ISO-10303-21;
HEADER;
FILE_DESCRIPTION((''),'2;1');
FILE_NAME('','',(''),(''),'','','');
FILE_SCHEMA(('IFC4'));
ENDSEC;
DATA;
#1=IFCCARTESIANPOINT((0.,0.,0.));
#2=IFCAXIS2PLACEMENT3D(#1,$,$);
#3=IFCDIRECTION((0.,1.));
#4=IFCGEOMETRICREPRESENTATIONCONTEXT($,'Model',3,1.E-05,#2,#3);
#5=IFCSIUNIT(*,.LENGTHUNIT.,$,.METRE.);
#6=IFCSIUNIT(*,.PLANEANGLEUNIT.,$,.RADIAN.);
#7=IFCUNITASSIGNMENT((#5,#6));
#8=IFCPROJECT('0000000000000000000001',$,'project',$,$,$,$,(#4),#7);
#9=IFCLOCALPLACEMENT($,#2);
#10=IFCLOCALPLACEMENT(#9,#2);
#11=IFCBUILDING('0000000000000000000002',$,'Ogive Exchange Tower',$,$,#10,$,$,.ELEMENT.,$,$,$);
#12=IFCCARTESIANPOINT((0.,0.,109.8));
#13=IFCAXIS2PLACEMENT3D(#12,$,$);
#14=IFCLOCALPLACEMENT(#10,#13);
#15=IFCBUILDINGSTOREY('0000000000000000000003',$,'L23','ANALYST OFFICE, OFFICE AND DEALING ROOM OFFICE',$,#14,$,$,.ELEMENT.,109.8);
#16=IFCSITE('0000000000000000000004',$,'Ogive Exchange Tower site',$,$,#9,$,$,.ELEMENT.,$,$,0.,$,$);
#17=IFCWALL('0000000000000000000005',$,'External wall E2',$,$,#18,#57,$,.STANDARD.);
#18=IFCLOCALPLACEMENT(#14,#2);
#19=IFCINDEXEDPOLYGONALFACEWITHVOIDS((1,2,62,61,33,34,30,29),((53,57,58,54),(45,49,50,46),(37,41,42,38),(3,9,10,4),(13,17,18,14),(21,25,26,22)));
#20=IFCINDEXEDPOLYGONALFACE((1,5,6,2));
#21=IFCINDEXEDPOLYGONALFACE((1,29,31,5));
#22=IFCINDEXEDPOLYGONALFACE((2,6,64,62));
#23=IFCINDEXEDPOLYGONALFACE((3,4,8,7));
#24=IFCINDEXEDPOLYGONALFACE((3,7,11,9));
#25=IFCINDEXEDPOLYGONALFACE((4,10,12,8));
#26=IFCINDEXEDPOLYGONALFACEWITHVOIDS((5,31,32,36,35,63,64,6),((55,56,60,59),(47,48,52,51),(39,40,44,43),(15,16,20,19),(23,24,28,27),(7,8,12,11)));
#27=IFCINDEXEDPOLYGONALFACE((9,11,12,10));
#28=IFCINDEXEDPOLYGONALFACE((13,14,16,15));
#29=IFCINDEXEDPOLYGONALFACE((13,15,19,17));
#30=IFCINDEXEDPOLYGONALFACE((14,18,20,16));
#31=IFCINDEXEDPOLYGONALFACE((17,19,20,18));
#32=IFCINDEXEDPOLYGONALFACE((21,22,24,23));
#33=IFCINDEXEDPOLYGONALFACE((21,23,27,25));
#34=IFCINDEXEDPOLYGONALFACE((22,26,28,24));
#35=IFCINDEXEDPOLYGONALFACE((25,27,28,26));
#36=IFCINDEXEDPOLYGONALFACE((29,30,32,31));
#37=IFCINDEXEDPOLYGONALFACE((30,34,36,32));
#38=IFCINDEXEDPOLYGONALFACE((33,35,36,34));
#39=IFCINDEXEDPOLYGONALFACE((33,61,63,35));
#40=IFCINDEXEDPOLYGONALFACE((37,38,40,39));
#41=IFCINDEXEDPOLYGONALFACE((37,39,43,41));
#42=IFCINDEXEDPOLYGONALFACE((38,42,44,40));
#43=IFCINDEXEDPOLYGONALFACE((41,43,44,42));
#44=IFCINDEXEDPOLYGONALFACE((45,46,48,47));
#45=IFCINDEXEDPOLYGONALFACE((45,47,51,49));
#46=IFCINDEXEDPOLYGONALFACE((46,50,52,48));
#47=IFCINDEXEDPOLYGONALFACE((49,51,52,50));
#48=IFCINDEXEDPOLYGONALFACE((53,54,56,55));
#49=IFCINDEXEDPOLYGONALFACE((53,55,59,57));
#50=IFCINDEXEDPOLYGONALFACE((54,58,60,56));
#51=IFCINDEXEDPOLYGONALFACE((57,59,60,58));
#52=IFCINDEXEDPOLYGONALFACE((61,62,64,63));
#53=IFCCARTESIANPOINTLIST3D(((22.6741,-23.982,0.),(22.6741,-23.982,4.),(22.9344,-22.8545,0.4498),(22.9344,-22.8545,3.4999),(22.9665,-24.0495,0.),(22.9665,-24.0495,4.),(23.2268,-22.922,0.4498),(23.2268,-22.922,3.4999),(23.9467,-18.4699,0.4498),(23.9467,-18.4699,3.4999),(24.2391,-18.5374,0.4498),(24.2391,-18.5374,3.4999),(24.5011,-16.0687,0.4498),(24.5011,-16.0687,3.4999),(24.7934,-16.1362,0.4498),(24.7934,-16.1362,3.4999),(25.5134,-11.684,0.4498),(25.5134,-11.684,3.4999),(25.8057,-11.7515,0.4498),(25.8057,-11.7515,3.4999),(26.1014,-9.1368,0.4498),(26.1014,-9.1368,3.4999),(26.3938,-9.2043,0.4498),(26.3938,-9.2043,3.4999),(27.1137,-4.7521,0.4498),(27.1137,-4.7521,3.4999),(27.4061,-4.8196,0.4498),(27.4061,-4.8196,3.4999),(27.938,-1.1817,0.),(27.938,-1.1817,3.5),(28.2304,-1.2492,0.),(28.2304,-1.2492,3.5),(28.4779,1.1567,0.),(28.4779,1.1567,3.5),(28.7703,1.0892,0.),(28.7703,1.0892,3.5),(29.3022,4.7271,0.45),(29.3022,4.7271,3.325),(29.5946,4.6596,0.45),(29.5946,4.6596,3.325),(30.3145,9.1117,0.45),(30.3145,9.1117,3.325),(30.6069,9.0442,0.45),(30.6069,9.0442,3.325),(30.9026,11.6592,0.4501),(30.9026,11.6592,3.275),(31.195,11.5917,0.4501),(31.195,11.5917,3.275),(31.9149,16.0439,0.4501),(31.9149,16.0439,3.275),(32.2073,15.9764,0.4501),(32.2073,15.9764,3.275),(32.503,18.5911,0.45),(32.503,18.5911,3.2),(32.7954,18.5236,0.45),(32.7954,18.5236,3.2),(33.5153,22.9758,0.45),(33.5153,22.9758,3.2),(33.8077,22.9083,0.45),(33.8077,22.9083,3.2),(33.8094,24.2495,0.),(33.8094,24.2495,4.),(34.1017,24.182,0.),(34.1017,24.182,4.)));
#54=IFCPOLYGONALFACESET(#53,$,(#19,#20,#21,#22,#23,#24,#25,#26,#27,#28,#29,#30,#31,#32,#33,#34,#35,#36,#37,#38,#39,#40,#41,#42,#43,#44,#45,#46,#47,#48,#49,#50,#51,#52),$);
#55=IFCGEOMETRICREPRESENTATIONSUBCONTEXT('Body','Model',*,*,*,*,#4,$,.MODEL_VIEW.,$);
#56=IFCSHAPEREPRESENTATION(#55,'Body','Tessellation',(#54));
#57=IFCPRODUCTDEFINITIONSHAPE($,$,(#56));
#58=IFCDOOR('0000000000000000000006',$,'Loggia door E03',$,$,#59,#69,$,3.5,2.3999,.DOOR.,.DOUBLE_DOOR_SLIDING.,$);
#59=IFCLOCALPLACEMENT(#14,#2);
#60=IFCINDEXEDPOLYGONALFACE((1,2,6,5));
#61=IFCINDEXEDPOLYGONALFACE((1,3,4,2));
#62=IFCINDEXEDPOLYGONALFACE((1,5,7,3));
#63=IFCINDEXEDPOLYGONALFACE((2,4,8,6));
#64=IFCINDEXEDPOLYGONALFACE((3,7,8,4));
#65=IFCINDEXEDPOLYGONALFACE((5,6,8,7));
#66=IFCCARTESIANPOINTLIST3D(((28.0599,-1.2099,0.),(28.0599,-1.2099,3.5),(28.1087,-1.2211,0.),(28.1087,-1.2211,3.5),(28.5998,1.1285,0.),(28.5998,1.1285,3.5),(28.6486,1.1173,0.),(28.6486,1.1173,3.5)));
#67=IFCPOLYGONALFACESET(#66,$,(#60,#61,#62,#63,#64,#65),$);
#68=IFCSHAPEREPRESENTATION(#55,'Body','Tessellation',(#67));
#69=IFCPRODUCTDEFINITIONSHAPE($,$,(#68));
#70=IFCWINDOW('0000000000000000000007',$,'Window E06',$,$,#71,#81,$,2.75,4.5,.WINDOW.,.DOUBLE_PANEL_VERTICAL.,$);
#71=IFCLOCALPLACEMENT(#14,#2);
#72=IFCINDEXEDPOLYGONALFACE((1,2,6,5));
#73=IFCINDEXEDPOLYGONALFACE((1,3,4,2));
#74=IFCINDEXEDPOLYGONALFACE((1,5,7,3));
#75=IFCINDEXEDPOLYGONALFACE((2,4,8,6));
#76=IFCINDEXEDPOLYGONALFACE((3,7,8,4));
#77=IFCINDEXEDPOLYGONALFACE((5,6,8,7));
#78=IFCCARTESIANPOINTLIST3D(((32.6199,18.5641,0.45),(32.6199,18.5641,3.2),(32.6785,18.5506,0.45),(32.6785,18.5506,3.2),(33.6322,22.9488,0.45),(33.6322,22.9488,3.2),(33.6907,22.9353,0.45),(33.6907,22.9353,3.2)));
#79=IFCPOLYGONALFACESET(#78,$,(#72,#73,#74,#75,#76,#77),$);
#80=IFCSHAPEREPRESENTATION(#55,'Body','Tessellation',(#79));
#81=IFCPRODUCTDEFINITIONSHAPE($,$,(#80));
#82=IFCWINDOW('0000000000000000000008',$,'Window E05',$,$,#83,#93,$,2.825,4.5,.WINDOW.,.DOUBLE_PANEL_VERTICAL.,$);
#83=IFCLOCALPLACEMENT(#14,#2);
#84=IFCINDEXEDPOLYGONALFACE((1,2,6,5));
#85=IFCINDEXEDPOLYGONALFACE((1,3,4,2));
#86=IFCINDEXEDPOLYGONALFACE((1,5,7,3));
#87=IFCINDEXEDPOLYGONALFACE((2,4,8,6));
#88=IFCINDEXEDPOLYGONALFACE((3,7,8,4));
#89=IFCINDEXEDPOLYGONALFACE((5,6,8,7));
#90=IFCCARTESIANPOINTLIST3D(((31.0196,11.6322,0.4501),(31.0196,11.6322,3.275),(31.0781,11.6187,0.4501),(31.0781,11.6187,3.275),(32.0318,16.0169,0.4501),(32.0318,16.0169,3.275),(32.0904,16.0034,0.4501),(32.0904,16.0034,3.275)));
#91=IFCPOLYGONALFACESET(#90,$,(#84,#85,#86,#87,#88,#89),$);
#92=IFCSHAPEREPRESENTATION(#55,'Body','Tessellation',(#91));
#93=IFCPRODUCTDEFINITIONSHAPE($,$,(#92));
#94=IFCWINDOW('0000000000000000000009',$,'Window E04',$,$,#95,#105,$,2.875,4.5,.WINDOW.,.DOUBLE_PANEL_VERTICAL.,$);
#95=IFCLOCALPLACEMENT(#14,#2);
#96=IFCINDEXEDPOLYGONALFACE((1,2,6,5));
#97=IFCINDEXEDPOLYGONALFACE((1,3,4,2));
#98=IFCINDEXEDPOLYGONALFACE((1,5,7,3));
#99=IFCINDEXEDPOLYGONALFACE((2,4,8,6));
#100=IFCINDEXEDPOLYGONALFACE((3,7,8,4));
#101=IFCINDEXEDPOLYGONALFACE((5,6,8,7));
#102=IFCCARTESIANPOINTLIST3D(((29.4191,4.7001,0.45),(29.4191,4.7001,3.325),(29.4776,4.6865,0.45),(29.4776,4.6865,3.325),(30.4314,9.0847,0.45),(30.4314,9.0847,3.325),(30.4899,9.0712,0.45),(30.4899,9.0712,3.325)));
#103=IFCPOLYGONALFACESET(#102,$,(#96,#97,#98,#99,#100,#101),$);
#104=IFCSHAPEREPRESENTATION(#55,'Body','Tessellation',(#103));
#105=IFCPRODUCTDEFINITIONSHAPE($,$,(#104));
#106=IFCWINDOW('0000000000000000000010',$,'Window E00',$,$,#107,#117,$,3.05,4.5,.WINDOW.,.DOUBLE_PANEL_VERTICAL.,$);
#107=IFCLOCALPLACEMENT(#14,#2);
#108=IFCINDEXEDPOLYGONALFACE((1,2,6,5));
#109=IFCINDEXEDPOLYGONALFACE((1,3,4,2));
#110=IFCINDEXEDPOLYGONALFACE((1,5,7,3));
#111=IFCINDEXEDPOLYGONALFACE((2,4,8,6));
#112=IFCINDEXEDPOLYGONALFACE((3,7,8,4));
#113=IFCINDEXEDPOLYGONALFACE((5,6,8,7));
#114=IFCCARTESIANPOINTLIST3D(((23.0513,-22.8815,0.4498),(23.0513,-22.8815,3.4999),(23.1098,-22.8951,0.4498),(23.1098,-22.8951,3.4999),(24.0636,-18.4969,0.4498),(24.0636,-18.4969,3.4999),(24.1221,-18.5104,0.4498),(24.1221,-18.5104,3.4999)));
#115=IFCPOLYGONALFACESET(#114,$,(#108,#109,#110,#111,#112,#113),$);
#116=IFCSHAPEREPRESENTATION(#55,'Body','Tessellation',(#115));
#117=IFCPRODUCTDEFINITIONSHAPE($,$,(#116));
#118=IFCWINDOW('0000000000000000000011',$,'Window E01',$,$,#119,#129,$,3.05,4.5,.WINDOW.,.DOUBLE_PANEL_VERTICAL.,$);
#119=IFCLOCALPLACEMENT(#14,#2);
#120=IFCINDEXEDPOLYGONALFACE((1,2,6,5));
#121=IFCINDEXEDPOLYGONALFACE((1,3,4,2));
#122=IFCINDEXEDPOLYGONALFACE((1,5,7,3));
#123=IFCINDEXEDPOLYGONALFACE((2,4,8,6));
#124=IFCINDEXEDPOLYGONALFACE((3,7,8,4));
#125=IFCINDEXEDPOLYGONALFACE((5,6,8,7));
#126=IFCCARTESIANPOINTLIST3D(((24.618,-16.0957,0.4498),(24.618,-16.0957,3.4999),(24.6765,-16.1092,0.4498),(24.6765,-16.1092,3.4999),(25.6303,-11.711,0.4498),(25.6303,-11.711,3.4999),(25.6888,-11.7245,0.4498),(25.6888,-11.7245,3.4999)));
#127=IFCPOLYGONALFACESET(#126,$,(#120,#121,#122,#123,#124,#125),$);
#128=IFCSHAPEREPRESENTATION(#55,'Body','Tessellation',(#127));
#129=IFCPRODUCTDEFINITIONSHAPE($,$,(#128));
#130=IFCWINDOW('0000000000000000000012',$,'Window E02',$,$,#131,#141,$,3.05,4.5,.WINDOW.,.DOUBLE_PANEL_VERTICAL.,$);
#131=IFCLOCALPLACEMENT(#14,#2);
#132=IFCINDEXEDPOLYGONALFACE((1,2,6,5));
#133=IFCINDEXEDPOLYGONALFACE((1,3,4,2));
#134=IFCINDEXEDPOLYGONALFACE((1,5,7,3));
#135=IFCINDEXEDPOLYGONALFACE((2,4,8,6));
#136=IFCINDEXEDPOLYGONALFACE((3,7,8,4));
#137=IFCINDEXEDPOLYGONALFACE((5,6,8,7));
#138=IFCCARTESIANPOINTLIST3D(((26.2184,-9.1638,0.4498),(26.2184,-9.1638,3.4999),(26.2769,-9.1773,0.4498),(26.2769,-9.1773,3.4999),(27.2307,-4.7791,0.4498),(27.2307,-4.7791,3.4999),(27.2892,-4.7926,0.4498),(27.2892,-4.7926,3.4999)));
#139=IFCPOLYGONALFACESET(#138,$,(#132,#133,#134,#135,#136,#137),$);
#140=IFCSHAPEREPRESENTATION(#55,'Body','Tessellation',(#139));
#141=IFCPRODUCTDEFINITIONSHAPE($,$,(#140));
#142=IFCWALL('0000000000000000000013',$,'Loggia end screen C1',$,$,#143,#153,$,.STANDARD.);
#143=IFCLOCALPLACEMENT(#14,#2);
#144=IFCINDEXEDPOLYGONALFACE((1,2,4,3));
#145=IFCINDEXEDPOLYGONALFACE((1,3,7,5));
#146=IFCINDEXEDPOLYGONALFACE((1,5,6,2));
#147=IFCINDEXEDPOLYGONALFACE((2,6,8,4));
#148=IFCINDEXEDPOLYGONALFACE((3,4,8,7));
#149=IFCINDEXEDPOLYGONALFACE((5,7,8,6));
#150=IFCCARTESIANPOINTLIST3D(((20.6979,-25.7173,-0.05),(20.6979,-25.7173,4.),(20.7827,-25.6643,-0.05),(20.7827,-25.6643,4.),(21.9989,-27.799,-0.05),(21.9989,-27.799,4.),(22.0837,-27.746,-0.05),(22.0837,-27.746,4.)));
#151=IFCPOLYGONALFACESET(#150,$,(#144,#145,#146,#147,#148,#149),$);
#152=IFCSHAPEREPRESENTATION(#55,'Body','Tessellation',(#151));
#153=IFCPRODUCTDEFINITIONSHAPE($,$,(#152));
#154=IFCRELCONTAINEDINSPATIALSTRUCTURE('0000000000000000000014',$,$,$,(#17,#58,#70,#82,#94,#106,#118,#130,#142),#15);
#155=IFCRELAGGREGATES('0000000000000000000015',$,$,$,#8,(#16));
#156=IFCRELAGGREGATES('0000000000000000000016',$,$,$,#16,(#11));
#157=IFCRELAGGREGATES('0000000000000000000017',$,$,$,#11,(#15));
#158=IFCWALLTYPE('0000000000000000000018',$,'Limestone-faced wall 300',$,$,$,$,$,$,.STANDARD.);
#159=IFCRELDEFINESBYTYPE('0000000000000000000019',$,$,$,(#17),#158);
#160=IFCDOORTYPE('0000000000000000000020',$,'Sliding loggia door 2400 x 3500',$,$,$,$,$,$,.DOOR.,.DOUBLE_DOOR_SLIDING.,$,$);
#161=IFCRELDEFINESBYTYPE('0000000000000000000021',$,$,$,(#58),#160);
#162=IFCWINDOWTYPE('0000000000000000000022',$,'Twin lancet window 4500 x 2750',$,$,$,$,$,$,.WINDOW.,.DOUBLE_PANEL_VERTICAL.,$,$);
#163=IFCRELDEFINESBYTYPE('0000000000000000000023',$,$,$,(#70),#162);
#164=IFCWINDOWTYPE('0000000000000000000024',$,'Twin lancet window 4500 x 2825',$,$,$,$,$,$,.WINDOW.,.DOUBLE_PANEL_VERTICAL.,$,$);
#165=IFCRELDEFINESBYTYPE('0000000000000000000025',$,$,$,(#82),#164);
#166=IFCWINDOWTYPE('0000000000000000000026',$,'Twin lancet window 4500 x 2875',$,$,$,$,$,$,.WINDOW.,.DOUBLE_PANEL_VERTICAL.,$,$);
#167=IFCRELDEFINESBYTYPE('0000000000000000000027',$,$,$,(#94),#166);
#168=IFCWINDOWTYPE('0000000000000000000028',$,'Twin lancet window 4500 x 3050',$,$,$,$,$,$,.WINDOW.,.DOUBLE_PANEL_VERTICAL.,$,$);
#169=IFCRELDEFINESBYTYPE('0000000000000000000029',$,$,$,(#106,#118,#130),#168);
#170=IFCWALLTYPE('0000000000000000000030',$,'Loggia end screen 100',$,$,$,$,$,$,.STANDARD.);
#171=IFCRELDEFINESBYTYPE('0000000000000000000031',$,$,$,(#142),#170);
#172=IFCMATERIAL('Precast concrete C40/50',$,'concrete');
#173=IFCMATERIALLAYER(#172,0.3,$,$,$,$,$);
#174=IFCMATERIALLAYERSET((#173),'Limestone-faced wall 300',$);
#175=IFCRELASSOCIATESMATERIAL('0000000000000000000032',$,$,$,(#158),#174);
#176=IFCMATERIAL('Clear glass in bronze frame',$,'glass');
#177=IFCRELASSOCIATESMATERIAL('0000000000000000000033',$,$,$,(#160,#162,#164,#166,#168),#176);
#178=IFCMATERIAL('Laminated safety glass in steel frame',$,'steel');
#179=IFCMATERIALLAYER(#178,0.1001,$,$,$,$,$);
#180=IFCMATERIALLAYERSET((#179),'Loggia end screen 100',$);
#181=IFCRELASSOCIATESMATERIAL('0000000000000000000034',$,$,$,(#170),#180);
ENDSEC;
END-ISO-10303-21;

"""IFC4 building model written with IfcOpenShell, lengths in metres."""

from ifc_helpers import new_model, si_unit, direction, frame, frame_2d, origin, place, context, subcontext, project, spatial, rectangle, extrude, material, layer, layer_set, type_object, element, fill, save


model = new_model("IFC4")

# Units and contexts
model_context = context("Model", 3, precision=1e-05, world=origin(), true_north=direction((0.0, 1.0)))
body_context = subcontext(model_context, "Body", "Model", "MODEL_VIEW")
ifc_project = project(units=[si_unit("LENGTHUNIT", "METRE"), si_unit("PLANEANGLEUNIT", "RADIAN")], contexts=[model_context])

# Site, building, storey
site_placement = place(None, origin())
site = spatial("IfcSite", under=ifc_project, at=site_placement, Name="Ogive Exchange Tower site", CompositionType="ELEMENT", RefElevation=0.0)
building_placement = place(site_placement, origin())
building = spatial("IfcBuilding", under=site, at=building_placement, Name="Ogive Exchange Tower", CompositionType="ELEMENT")
storey_placement = place(building_placement, frame((0.0, 0.0, 109.8)))
storey = spatial("IfcBuildingStorey", under=building, at=storey_placement, Name="L23", Description="ANALYST OFFICE, OFFICE AND DEALING ROOM OFFICE", CompositionType="ELEMENT", Elevation=109.8)

# Wall, openings, door, windows
ifc_material_1 = material(Name="Precast concrete C40/50", Category="concrete")
ifc_layer_1 = layer(ifc_material_1, 0.3)
ifc_layer_set_1 = layer_set([ifc_layer_1], Name="Limestone-faced wall 300")
wall_type_1 = type_object("IfcWallType", Name="Limestone-faced wall 300", PredefinedType="STANDARD", material=ifc_layer_set_1)
wall_1_placement = place(storey_placement, frame((22.8203, -24.0156, 0.0), z_axis=(0.0, 0.0, 1.0), x_axis=(0.224954, 0.974369, 0.0)))
wall_1 = element("IfcWall", 1, at=wall_1_placement, inside=storey, type_object=wall_type_1, Name="External wall E2", PredefinedType="STANDARD", context=body_context, shape_type="SweptSolid", body=[
    extrude(rectangle(XDim=49.5002, YDim=0.3, at=frame_2d((24.75, 0.0))), origin(), (0.0, 0.0, 1.0), 4.0),
])
opening_1_placement = place(wall_1_placement, frame((1.157, 0.0, 0.45)))
opening_1 = element("IfcOpeningElement", 2, at=opening_1_placement, cuts=wall_1, PredefinedType="OPENING", context=body_context, shape_type="SweptSolid", body=[
    extrude(rectangle(XDim=4.5, YDim=3.05, at=frame_2d((2.25, 1.5249))), frame((0.0, 0.1599, 0.0), z_axis=(0.0, -1.0, 0.0), x_axis=(1.0, 0.0, 0.0)), (0.0, 0.0, 1.0), 0.3201),
])
opening_2_placement = place(wall_1_placement, frame((8.1213, 0.0, 0.45)))
opening_2 = element("IfcOpeningElement", 3, at=opening_2_placement, cuts=wall_1, PredefinedType="OPENING", context=body_context, shape_type="SweptSolid", body=[
    extrude(rectangle(XDim=4.5, YDim=3.05, at=frame_2d((2.25, 1.5249))), frame((0.0, 0.1599, 0.0), z_axis=(0.0, -1.0, 0.0), x_axis=(1.0, 0.0, 0.0)), (0.0, 0.0, 1.0), 0.3201),
])
opening_3_placement = place(wall_1_placement, frame((15.2356, 0.0, 0.45)))
opening_3 = element("IfcOpeningElement", 4, at=opening_3_placement, cuts=wall_1, PredefinedType="OPENING", context=body_context, shape_type="SweptSolid", body=[
    extrude(rectangle(XDim=4.5, YDim=3.05, at=frame_2d((2.25, 1.5249))), frame((0.0, 0.1599, 0.0), z_axis=(0.0, -1.0, 0.0), x_axis=(1.0, 0.0, 0.0)), (0.0, 0.0, 1.0), 0.3201),
])
opening_4_placement = place(wall_1_placement, frame((23.3999, 0.0, 0.0)))
opening_4 = element("IfcOpeningElement", 5, at=opening_4_placement, cuts=wall_1, PredefinedType="OPENING", context=body_context, shape_type="SweptSolid", body=[
    extrude(rectangle(XDim=2.3999, YDim=3.5, at=frame_2d((1.2, 1.75))), frame((0.0, 0.1599, 0.0), z_axis=(0.0, -1.0, 0.0), x_axis=(1.0, 0.0, 0.0)), (0.0, 0.0, 1.0), 0.3201),
])
opening_5_placement = place(wall_1_placement, frame((29.4641, 0.0, 0.45)))
opening_5 = element("IfcOpeningElement", 6, at=opening_5_placement, cuts=wall_1, PredefinedType="OPENING", context=body_context, shape_type="SweptSolid", body=[
    extrude(rectangle(XDim=4.5, YDim=2.875, at=frame_2d((2.25, 1.4375))), frame((0.0, 0.1599, 0.0), z_axis=(0.0, -1.0, 0.0), x_axis=(1.0, 0.0, 0.0)), (0.0, 0.0, 1.0), 0.3201),
])
opening_6_placement = place(wall_1_placement, frame((36.5786, 0.0, 0.45)))
opening_6 = element("IfcOpeningElement", 7, at=opening_6_placement, cuts=wall_1, PredefinedType="OPENING", context=body_context, shape_type="SweptSolid", body=[
    extrude(rectangle(XDim=4.5, YDim=2.825, at=frame_2d((2.25, 1.4126))), frame((0.0, 0.1599, 0.0), z_axis=(0.0, -1.0, 0.0), x_axis=(1.0, 0.0, 0.0)), (0.0, 0.0, 1.0), 0.3201),
])
opening_7_placement = place(wall_1_placement, frame((43.6929, 0.0, 0.45)))
opening_7 = element("IfcOpeningElement", 8, at=opening_7_placement, cuts=wall_1, PredefinedType="OPENING", context=body_context, shape_type="SweptSolid", body=[
    extrude(rectangle(XDim=4.5, YDim=2.75, at=frame_2d((2.25, 1.375))), frame((0.0, 0.1599, 0.0), z_axis=(0.0, -1.0, 0.0), x_axis=(1.0, 0.0, 0.0)), (0.0, 0.0, 1.0), 0.3201),
])
ifc_material_2 = material(Name="Clear glass in bronze frame", Category="glass")
door_type_1 = type_object("IfcDoorType", Name="Sliding loggia door 2400 x 3500", OperationType="DOUBLE_DOOR_SLIDING", PredefinedType="DOOR", material=ifc_material_2)
door_1_placement = place(opening_4_placement, origin())
door_1 = element("IfcDoor", 9, at=door_1_placement, inside=storey, type_object=door_type_1, Name="Loggia door E03", OperationType="DOUBLE_DOOR_SLIDING", OverallHeight=3.5, OverallWidth=2.3999, PredefinedType="DOOR", context=body_context, shape_type="SweptSolid", body=[
    extrude(rectangle(XDim=2.3999, YDim=3.5, at=frame_2d((1.2, 1.75))), frame((0.0, 0.0249, 0.0), z_axis=(0.0, -1.0, 0.0), x_axis=(1.0, 0.0, 0.0)), (0.0, 0.0, 1.0), 0.05),
])
fill(opening_4, door_1)
window_type_1 = type_object("IfcWindowType", Name="Twin lancet window 4500 x 2750", PartitioningType="DOUBLE_PANEL_VERTICAL", PredefinedType="WINDOW", material=ifc_material_2)
window_1_placement = place(opening_7_placement, origin())
window_1 = element("IfcWindow", 10, at=window_1_placement, inside=storey, type_object=window_type_1, Name="Window E06", OverallHeight=2.75, OverallWidth=4.5, PartitioningType="DOUBLE_PANEL_VERTICAL", PredefinedType="WINDOW", context=body_context, shape_type="SweptSolid", body=[
    extrude(rectangle(XDim=4.5, YDim=2.75, at=frame_2d((2.25, 1.375))), frame((0.0, 0.03, 0.0), z_axis=(0.0, -1.0, 0.0), x_axis=(1.0, 0.0, 0.0)), (0.0, 0.0, 1.0), 0.0601),
])
fill(opening_7, window_1)
window_type_2 = type_object("IfcWindowType", Name="Twin lancet window 4500 x 2825", PartitioningType="DOUBLE_PANEL_VERTICAL", PredefinedType="WINDOW", material=ifc_material_2)
window_2_placement = place(opening_6_placement, origin())
window_2 = element("IfcWindow", 11, at=window_2_placement, inside=storey, type_object=window_type_2, Name="Window E05", OverallHeight=2.825, OverallWidth=4.5, PartitioningType="DOUBLE_PANEL_VERTICAL", PredefinedType="WINDOW", context=body_context, shape_type="SweptSolid", body=[
    extrude(rectangle(XDim=4.5, YDim=2.825, at=frame_2d((2.25, 1.4126))), frame((0.0, 0.03, 0.0), z_axis=(0.0, -1.0, 0.0), x_axis=(1.0, 0.0, 0.0)), (0.0, 0.0, 1.0), 0.0601),
])
fill(opening_6, window_2)
window_type_3 = type_object("IfcWindowType", Name="Twin lancet window 4500 x 2875", PartitioningType="DOUBLE_PANEL_VERTICAL", PredefinedType="WINDOW", material=ifc_material_2)
window_3_placement = place(opening_5_placement, origin())
window_3 = element("IfcWindow", 12, at=window_3_placement, inside=storey, type_object=window_type_3, Name="Window E04", OverallHeight=2.875, OverallWidth=4.5, PartitioningType="DOUBLE_PANEL_VERTICAL", PredefinedType="WINDOW", context=body_context, shape_type="SweptSolid", body=[
    extrude(rectangle(XDim=4.5, YDim=2.875, at=frame_2d((2.25, 1.4375))), frame((0.0, 0.03, 0.0), z_axis=(0.0, -1.0, 0.0), x_axis=(1.0, 0.0, 0.0)), (0.0, 0.0, 1.0), 0.0601),
])
fill(opening_5, window_3)
window_type_4 = type_object("IfcWindowType", Name="Twin lancet window 4500 x 3050", PartitioningType="DOUBLE_PANEL_VERTICAL", PredefinedType="WINDOW", material=ifc_material_2)
window_4_placement = place(opening_1_placement, origin())
window_4 = element("IfcWindow", 13, at=window_4_placement, inside=storey, type_object=window_type_4, Name="Window E00", OverallHeight=3.05, OverallWidth=4.5, PartitioningType="DOUBLE_PANEL_VERTICAL", PredefinedType="WINDOW", context=body_context, shape_type="SweptSolid", body=[
    extrude(rectangle(XDim=4.5, YDim=3.05, at=frame_2d((2.25, 1.5249))), frame((0.0, 0.03, 0.0), z_axis=(0.0, -1.0, 0.0), x_axis=(1.0, 0.0, 0.0)), (0.0, 0.0, 1.0), 0.0601),
])
fill(opening_1, window_4)
window_5_placement = place(opening_2_placement, origin())
window_5 = element("IfcWindow", 14, at=window_5_placement, inside=storey, type_object=window_type_4, Name="Window E01", OverallHeight=3.05, OverallWidth=4.5, PartitioningType="DOUBLE_PANEL_VERTICAL", PredefinedType="WINDOW", context=body_context, shape_type="SweptSolid", body=[
    extrude(rectangle(XDim=4.5, YDim=3.05, at=frame_2d((2.25, 1.5249))), frame((0.0, 0.03, 0.0), z_axis=(0.0, -1.0, 0.0), x_axis=(1.0, 0.0, 0.0)), (0.0, 0.0, 1.0), 0.0601),
])
fill(opening_2, window_5)
window_6_placement = place(opening_3_placement, origin())
window_6 = element("IfcWindow", 15, at=window_6_placement, inside=storey, type_object=window_type_4, Name="Window E02", OverallHeight=3.05, OverallWidth=4.5, PartitioningType="DOUBLE_PANEL_VERTICAL", PredefinedType="WINDOW", context=body_context, shape_type="SweptSolid", body=[
    extrude(rectangle(XDim=4.5, YDim=3.05, at=frame_2d((2.25, 1.5249))), frame((0.0, 0.03, 0.0), z_axis=(0.0, -1.0, 0.0), x_axis=(1.0, 0.0, 0.0)), (0.0, 0.0, 1.0), 0.0601),
])
fill(opening_3, window_6)

# Wall
ifc_material_3 = material(Name="Laminated safety glass in steel frame", Category="steel")
ifc_layer_2 = layer(ifc_material_3, 0.1001)
ifc_layer_set_2 = layer_set([ifc_layer_2], Name="Loggia end screen 100")
wall_type_2 = type_object("IfcWallType", Name="Loggia end screen 100", PredefinedType="STANDARD", material=ifc_layer_set_2)
wall_2_placement = place(storey_placement, frame((20.7402, -25.6907, -0.05), z_axis=(0.0, 0.0, 1.0), x_axis=(0.529972, -0.848015, 0.0)))
element("IfcWall", 16, at=wall_2_placement, inside=storey, type_object=wall_type_2, Name="Loggia end screen C1", PredefinedType="STANDARD", context=body_context, shape_type="SweptSolid", body=[
    extrude(rectangle(XDim=2.4548, YDim=0.1001, at=frame_2d((1.2275, 0.0))), origin(), (0.0, 0.0, 1.0), 4.05),
])

save(model, "model.ifc")
